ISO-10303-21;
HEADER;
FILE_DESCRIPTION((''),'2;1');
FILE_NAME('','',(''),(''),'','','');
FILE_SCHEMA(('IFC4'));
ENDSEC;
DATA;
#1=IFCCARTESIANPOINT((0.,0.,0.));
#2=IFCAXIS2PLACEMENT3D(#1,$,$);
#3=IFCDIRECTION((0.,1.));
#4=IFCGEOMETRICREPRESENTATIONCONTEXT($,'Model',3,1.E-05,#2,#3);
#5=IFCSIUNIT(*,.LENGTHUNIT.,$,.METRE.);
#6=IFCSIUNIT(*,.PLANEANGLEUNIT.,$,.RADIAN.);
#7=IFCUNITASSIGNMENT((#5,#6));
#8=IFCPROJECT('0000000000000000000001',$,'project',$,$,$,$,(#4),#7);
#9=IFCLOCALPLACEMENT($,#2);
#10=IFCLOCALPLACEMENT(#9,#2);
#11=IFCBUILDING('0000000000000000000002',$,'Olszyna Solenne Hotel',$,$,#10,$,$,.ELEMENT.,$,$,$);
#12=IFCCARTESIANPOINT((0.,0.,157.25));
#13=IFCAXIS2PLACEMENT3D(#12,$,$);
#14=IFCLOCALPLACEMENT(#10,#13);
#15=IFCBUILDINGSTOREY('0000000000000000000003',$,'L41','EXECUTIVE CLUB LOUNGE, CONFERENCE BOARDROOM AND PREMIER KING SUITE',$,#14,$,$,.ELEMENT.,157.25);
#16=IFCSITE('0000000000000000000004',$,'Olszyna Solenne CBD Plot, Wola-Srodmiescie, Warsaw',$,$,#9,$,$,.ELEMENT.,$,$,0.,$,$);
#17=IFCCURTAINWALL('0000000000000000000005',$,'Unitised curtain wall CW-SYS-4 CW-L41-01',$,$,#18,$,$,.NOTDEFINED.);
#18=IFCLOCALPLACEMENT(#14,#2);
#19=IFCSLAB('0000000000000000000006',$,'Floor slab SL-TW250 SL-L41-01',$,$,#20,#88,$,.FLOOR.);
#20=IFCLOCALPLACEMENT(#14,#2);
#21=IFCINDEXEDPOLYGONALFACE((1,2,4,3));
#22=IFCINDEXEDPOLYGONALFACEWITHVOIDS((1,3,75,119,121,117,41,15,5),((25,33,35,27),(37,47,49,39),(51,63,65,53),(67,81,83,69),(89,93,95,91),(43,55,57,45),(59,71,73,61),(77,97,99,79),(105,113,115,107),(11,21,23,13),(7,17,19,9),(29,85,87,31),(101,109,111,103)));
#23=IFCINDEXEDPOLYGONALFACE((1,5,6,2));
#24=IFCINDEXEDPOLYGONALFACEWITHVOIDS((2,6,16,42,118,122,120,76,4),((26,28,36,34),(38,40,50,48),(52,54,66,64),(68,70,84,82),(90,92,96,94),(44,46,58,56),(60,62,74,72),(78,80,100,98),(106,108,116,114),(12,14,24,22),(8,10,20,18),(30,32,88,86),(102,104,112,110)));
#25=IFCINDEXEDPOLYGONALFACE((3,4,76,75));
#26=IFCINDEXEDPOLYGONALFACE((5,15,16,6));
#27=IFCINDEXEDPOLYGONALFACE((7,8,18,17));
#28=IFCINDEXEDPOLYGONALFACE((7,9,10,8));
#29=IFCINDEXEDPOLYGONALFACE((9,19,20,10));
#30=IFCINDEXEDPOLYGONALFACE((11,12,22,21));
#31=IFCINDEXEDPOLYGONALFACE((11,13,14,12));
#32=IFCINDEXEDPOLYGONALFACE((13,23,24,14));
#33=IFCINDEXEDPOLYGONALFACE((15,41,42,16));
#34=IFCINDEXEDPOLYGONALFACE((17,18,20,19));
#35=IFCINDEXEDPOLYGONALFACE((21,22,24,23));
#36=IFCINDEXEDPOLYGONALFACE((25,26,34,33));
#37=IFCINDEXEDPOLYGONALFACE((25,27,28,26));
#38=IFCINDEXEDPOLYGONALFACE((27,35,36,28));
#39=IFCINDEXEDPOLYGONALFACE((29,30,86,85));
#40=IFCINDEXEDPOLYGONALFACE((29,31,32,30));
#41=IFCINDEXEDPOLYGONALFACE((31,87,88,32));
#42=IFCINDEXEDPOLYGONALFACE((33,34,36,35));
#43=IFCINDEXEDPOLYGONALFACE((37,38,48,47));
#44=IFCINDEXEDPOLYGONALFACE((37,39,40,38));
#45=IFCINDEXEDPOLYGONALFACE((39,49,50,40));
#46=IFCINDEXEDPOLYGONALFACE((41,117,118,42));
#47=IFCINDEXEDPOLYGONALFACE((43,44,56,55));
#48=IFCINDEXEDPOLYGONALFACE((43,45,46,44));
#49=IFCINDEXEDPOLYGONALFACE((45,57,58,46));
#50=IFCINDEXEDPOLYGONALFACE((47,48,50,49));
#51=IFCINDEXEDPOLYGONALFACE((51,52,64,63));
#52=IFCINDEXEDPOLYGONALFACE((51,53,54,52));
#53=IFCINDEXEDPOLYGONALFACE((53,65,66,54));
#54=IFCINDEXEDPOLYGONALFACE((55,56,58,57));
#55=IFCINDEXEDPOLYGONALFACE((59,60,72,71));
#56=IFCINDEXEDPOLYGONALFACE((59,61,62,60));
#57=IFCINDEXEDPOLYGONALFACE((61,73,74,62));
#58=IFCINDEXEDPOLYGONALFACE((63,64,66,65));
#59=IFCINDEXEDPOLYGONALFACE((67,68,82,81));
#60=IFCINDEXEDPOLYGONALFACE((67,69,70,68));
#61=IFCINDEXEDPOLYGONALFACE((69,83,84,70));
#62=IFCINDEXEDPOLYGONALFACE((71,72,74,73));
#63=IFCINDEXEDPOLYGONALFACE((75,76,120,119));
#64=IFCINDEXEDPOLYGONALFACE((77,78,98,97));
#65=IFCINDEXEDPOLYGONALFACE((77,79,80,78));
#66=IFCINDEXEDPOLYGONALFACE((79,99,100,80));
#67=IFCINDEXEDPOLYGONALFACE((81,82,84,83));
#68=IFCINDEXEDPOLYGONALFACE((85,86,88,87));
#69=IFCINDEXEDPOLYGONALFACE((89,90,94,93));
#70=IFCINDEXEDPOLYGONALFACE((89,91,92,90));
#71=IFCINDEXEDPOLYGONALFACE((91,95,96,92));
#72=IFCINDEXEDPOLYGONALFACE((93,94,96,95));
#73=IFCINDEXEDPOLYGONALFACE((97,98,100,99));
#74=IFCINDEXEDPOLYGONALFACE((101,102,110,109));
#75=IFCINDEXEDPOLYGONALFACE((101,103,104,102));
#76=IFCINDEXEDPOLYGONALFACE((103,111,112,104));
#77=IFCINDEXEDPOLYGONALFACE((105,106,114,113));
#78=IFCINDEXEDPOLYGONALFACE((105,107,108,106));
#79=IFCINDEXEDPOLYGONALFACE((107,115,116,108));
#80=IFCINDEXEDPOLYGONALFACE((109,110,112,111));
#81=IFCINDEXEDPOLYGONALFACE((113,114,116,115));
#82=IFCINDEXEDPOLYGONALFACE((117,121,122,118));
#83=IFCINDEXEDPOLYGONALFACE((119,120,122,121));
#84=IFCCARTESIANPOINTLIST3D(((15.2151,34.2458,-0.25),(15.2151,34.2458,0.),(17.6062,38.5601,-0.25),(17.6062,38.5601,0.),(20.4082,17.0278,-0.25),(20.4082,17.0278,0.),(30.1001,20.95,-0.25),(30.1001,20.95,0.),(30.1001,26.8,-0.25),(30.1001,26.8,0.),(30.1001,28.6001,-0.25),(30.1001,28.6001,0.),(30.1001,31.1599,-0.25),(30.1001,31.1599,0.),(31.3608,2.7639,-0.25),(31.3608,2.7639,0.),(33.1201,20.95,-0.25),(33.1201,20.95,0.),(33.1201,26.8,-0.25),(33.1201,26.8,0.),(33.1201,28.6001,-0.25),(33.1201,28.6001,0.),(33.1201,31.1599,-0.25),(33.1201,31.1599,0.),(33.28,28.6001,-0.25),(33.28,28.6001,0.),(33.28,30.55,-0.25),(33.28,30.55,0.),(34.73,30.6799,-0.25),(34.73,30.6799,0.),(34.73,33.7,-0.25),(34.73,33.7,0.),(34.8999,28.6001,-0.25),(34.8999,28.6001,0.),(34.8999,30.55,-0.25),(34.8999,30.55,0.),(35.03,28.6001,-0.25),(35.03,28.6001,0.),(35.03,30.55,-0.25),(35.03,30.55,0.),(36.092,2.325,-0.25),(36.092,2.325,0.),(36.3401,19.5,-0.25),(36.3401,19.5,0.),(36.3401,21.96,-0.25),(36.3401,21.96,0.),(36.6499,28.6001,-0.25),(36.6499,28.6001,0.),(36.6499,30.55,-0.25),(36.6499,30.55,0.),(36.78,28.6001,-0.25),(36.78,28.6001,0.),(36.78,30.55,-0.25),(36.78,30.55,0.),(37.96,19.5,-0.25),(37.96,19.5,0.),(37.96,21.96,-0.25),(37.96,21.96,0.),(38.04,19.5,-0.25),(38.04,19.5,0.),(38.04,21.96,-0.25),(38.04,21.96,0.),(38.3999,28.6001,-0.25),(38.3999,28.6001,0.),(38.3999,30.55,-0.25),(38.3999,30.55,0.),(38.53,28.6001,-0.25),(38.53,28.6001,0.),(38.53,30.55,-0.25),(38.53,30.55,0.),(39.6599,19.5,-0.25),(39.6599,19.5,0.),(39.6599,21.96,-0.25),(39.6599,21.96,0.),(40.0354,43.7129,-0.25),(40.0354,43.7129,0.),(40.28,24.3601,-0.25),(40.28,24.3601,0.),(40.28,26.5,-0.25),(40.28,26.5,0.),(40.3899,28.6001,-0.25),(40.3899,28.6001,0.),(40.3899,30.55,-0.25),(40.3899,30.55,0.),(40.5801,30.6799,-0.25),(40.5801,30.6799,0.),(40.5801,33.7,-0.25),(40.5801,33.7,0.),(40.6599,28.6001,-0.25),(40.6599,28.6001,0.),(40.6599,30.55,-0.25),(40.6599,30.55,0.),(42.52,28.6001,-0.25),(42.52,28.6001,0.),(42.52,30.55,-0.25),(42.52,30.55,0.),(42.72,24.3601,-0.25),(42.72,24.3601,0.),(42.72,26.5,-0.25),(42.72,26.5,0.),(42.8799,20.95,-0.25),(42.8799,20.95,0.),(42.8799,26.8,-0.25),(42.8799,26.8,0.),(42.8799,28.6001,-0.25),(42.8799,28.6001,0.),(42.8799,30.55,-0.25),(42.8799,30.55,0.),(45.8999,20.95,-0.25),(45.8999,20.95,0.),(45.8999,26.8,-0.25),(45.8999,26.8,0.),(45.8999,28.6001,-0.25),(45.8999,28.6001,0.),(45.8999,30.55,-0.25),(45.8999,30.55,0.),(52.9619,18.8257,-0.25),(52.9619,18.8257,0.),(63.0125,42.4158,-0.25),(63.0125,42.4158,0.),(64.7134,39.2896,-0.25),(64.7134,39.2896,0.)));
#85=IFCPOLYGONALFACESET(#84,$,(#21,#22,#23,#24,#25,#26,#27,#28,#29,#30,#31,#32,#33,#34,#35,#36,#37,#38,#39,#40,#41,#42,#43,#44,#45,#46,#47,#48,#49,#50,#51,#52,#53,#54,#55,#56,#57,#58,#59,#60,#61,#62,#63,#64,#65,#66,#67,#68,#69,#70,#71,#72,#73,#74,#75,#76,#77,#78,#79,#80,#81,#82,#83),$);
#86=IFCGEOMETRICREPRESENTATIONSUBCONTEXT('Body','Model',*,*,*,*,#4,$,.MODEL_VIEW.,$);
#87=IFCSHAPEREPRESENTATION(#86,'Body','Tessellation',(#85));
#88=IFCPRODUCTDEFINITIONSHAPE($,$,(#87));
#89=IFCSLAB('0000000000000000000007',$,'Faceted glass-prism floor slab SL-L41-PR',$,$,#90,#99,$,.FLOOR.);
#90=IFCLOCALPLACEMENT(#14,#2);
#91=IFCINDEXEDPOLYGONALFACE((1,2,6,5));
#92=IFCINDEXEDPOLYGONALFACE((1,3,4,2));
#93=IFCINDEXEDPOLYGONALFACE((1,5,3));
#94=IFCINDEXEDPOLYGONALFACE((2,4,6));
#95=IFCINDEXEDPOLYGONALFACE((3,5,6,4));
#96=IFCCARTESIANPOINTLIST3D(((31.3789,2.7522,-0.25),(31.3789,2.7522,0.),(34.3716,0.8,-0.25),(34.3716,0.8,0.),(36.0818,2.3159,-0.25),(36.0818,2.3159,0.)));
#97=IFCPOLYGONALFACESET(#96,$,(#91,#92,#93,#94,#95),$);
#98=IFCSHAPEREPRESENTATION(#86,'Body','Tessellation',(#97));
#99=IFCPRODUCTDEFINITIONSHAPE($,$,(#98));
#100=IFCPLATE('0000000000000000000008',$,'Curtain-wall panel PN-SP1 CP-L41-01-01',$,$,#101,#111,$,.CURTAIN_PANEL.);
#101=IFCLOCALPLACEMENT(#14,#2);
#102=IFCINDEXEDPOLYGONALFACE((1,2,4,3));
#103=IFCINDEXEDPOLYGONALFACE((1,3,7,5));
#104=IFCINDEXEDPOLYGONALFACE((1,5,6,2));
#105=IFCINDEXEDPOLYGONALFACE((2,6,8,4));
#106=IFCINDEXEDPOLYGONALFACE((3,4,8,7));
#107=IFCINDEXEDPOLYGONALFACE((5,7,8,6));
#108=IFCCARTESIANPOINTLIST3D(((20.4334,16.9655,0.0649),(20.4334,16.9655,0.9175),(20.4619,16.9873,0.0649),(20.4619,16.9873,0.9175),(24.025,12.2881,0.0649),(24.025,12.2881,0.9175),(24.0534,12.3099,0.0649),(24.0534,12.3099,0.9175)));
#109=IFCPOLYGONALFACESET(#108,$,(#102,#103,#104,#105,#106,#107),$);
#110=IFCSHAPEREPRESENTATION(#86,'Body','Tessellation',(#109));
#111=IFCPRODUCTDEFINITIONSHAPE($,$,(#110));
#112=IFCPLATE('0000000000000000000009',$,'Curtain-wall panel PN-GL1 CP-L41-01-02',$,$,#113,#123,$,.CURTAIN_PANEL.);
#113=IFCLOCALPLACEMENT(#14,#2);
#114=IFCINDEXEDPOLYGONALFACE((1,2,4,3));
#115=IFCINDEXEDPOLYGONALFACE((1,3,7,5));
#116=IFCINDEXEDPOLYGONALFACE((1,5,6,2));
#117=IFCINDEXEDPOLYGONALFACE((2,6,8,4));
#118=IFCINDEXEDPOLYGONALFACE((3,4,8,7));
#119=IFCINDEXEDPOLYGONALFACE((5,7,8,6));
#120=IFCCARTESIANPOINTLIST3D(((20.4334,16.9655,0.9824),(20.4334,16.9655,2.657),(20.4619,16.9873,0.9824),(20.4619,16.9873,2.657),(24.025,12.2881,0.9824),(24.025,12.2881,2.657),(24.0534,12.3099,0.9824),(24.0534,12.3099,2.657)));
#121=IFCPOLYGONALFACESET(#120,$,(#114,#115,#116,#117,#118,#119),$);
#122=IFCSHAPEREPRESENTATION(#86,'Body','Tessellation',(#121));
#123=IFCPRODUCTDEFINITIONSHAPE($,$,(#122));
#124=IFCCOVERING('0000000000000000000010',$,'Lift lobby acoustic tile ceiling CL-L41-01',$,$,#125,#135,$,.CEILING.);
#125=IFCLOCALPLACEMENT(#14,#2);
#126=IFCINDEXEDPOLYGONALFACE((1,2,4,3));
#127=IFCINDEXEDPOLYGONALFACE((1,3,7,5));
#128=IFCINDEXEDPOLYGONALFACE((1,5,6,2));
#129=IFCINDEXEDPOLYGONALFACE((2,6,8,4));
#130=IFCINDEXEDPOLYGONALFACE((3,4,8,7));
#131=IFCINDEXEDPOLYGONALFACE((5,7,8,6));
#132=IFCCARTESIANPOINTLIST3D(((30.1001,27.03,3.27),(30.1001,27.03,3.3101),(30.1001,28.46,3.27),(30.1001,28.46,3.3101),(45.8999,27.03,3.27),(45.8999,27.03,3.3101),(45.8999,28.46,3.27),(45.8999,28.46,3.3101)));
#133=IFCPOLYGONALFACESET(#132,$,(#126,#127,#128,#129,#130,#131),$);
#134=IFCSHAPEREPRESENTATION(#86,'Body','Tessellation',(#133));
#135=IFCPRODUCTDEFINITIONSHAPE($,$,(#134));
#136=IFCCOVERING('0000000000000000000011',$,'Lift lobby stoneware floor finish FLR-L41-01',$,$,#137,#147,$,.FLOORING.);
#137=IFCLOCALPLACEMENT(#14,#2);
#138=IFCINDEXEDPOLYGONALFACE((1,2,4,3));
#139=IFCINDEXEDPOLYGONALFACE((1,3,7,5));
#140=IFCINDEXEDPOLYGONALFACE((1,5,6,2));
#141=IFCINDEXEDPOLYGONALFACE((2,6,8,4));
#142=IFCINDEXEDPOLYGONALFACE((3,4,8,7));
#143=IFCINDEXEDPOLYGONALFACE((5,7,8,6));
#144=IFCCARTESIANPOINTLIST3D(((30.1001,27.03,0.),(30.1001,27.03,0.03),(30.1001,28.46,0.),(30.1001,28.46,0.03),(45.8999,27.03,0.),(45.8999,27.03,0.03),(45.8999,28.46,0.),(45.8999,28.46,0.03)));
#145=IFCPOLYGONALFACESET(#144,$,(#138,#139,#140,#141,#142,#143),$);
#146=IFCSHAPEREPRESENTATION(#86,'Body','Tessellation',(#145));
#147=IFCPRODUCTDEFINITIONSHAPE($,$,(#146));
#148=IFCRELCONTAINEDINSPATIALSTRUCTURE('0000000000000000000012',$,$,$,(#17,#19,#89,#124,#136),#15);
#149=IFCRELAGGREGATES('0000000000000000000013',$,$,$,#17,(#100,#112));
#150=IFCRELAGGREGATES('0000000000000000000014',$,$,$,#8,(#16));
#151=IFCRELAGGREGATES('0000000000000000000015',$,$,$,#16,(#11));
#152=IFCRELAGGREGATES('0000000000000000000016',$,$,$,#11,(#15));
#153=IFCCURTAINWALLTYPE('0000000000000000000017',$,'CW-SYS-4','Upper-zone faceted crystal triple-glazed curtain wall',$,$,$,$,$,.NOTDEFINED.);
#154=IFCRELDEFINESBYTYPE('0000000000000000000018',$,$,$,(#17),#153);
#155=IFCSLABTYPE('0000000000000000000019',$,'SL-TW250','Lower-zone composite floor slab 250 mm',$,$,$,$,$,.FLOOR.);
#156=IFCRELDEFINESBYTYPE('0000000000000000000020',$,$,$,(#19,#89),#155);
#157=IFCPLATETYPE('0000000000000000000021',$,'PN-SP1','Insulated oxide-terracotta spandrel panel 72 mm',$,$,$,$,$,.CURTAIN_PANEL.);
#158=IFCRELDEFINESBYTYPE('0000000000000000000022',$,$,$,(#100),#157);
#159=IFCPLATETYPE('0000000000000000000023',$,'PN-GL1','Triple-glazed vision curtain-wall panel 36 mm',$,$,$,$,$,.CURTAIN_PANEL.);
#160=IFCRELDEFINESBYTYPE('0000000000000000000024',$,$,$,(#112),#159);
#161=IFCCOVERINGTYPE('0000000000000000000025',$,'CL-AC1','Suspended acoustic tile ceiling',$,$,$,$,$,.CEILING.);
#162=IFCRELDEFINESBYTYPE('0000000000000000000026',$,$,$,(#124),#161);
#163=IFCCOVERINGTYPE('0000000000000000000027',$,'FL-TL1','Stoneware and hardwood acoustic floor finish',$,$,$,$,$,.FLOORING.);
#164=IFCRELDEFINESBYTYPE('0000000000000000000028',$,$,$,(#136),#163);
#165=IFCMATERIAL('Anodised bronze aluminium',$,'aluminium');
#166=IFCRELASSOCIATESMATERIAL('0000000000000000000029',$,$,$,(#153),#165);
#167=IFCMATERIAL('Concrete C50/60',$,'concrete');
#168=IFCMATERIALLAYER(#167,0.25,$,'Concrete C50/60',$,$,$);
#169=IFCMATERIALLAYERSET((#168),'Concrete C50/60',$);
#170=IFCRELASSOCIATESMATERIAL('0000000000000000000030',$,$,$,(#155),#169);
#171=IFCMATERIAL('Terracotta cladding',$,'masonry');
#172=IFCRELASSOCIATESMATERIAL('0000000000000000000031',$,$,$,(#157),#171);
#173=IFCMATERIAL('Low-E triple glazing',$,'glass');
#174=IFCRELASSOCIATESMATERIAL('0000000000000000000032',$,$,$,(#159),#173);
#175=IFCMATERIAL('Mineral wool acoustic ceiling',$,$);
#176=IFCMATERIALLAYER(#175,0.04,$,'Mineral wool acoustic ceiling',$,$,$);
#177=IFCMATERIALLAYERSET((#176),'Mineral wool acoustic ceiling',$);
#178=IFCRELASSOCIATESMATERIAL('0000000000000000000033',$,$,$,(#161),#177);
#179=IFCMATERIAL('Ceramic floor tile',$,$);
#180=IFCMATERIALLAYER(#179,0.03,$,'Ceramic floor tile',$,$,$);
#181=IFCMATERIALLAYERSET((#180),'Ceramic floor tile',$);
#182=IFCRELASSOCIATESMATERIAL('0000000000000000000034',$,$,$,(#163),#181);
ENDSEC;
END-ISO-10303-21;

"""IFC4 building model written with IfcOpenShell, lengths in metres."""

from ifc_helpers import new_model, si_unit, direction, frame, origin, origin_2d, place, context, subcontext, project, spatial, polyline, rectangle, outline, extrude, source, transform, mapped, material, layer, layer_set, type_object, element, aggregate, save


model = new_model("IFC4")

# Units and contexts
model_context = context("Model", 3, precision=1e-05, world=origin(), true_north=direction((0.0, 1.0)))
body_context = subcontext(model_context, "Body", "Model", "MODEL_VIEW")
ifc_project = project(units=[si_unit("LENGTHUNIT", "METRE"), si_unit("PLANEANGLEUNIT", "RADIAN")], contexts=[model_context])

# Site, building, storey
site_placement = place(None, origin())
site = spatial("IfcSite", under=ifc_project, at=site_placement, Name="Olszyna Solenne CBD Plot, Wola-Srodmiescie, Warsaw", CompositionType="ELEMENT", RefElevation=0.0)
building_placement = place(site_placement, origin())
building = spatial("IfcBuilding", under=site, at=building_placement, Name="Olszyna Solenne Hotel", CompositionType="ELEMENT")
storey_placement = place(building_placement, frame((0.0, 0.0, 157.25)))
storey = spatial("IfcBuildingStorey", under=building, at=storey_placement, Name="L41", Description="EXECUTIVE CLUB LOUNGE, CONFERENCE BOARDROOM AND PREMIER KING SUITE", CompositionType="ELEMENT", Elevation=157.25)

# Curtain wall
ifc_material_1 = material(Name="Anodised bronze aluminium", Category="aluminium")
curtain_wall_type = type_object("IfcCurtainWallType", Name="CW-SYS-4", Description="Upper-zone faceted crystal triple-glazed curtain wall", PredefinedType="NOTDEFINED", material=ifc_material_1)
curtain_wall_placement = place(storey_placement, origin())
curtain_wall = element("IfcCurtainWall", 1, at=curtain_wall_placement, inside=storey, type_object=curtain_wall_type, Name="Unitised curtain wall CW-SYS-4 CW-L41-01", PredefinedType="NOTDEFINED")

# Slabs
ifc_material_2 = material(Name="Concrete C50/60", Category="concrete")
ifc_layer_1 = layer(ifc_material_2, 0.25, Name="Concrete C50/60")
ifc_layer_set_1 = layer_set([ifc_layer_1], Name="Concrete C50/60")
slab_type_1 = type_object("IfcSlabType", Name="SL-TW250", Description="Lower-zone composite floor slab 250 mm", PredefinedType="FLOOR", material=ifc_layer_set_1)
slab_1_placement = place(storey_placement, frame((0.0, 0.0, -0.25)))
element("IfcSlab", 2, at=slab_1_placement, inside=storey, type_object=slab_type_1, Name="Floor slab SL-TW250 SL-L41-01", PredefinedType="FLOOR", context=body_context, shape_type="SweptSolid", body=[
    extrude(outline(polyline([(64.7134, 39.2896), (63.0125, 42.4158), (40.0354, 43.7129), (17.6062, 38.5601), (15.2151, 34.2458), (20.4082, 17.0278), (31.3608, 2.7639), (36.092, 2.325), (52.9619, 18.8257), (64.7134, 39.2896)]), holes=[polyline([(30.1001, 20.95), (33.1201, 20.95), (33.1201, 26.8), (30.1001, 26.8), (30.1001, 20.95)]), polyline([(42.8799, 20.95), (45.8999, 20.95), (45.8999, 26.8), (42.8799, 26.8), (42.8799, 20.95)]), polyline([(34.73, 30.6799), (40.5801, 30.6799), (40.5801, 33.7), (34.73, 33.7), (34.73, 30.6799)]), polyline([(36.3401, 19.5), (37.96, 19.5), (37.96, 21.96), (36.3401, 21.96), (36.3401, 19.5)]), polyline([(38.04, 19.5), (39.6599, 19.5), (39.6599, 21.96), (38.04, 21.96), (38.04, 19.5)]), polyline([(30.1001, 28.6001), (33.1201, 28.6001), (33.1201, 31.1599), (30.1001, 31.1599), (30.1001, 28.6001)]), polyline([(40.28, 24.3601), (42.72, 24.3601), (42.72, 26.5), (40.28, 26.5), (40.28, 24.3601)]), polyline([(33.28, 28.6001), (34.8999, 28.6001), (34.8999, 30.55), (33.28, 30.55), (33.28, 28.6001)]), polyline([(35.03, 28.6001), (36.6499, 28.6001), (36.6499, 30.55), (35.03, 30.55), (35.03, 28.6001)]), polyline([(36.78, 28.6001), (38.3999, 28.6001), (38.3999, 30.55), (36.78, 30.55), (36.78, 28.6001)]), polyline([(38.53, 28.6001), (40.3899, 28.6001), (40.3899, 30.55), (38.53, 30.55), (38.53, 28.6001)]), polyline([(40.6599, 28.6001), (42.52, 28.6001), (42.52, 30.55), (40.6599, 30.55), (40.6599, 28.6001)]), polyline([(42.8799, 28.6001), (45.8999, 28.6001), (45.8999, 30.55), (42.8799, 30.55), (42.8799, 28.6001)])]), origin(), (0.0, 0.0, 1.0), 0.25),
])
slab_2_placement = place(storey_placement, frame((0.0, 0.0, -0.25)))
element("IfcSlab", 3, at=slab_2_placement, inside=storey, type_object=slab_type_1, Name="Faceted glass-prism floor slab SL-L41-PR", PredefinedType="FLOOR", context=body_context, shape_type="SweptSolid", body=[
    extrude(outline(polyline([(36.0818, 2.3159), (31.3789, 2.7522), (34.3716, 0.8), (36.0818, 2.3159)])), origin(), (0.0, 0.0, 1.0), 0.25),
])

# Plates
ifc_material_3 = material(Name="Terracotta cladding", Category="masonry")
plate_type_1 = type_object("IfcPlateType", Name="PN-SP1", Description="Insulated oxide-terracotta spandrel panel 72 mm", PredefinedType="CURTAIN_PANEL", material=ifc_material_3)
shared_shape_1 = source(origin(), body_context, "Body", "SweptSolid", [
    extrude(rectangle(XDim=5.8972, YDim=0.0359, at=origin_2d()), origin(), (0.0, 0.0, 1.0), 0.8525),
])
plate_1_placement = place(storey_placement, frame((22.2434, 14.6377, 0.0649), z_axis=(0.0, 0.0, 1.0), x_axis=(0.609026, -0.79315, 0.0)))
plate_1 = element("IfcPlate", 4, at=plate_1_placement, type_object=plate_type_1, Name="Curtain-wall panel PN-SP1 CP-L41-01-01", PredefinedType="CURTAIN_PANEL", context=body_context, shape_type="MappedRepresentation", body=[
    mapped(shared_shape_1, transform((0.0, 0.0, 0.0), x_axis=(1.0, 0.0, 0.0), y_axis=(0.0, 1.0, 0.0), z_axis=(0.0, 0.0, 1.0), scale=1.0)),
])
ifc_material_4 = material(Name="Low-E triple glazing", Category="glass")
plate_type_2 = type_object("IfcPlateType", Name="PN-GL1", Description="Triple-glazed vision curtain-wall panel 36 mm", PredefinedType="CURTAIN_PANEL", material=ifc_material_4)
shared_shape_2 = source(origin(), body_context, "Body", "SweptSolid", [
    extrude(rectangle(XDim=5.8972, YDim=0.0359, at=origin_2d()), origin(), (0.0, 0.0, 1.0), 1.6746),
])
plate_2_placement = place(storey_placement, frame((22.2434, 14.6377, 0.9824), z_axis=(0.0, 0.0, 1.0), x_axis=(0.609026, -0.79315, 0.0)))
plate_2 = element("IfcPlate", 5, at=plate_2_placement, type_object=plate_type_2, Name="Curtain-wall panel PN-GL1 CP-L41-01-02", PredefinedType="CURTAIN_PANEL", context=body_context, shape_type="MappedRepresentation", body=[
    mapped(shared_shape_2, transform((0.0, 0.0, 0.0), x_axis=(1.0, 0.0, 0.0), y_axis=(0.0, 1.0, 0.0), z_axis=(0.0, 0.0, 1.0), scale=1.0)),
])
aggregate(curtain_wall, [plate_1, plate_2])

# Coverings
ifc_material_5 = material(Name="Mineral wool acoustic ceiling")
ifc_layer_2 = layer(ifc_material_5, 0.04, Name="Mineral wool acoustic ceiling")
ifc_layer_set_2 = layer_set([ifc_layer_2], Name="Mineral wool acoustic ceiling")
covering_type_1 = type_object("IfcCoveringType", Name="CL-AC1", Description="Suspended acoustic tile ceiling", PredefinedType="CEILING", material=ifc_layer_set_2)
covering_1_placement = place(storey_placement, frame((0.0, 0.0, 3.27)))
element("IfcCovering", 6, at=covering_1_placement, inside=storey, type_object=covering_type_1, Name="Lift lobby acoustic tile ceiling CL-L41-01", PredefinedType="CEILING", context=body_context, shape_type="SweptSolid", body=[
    extrude(outline(polyline([(30.1001, 27.03), (45.8999, 27.03), (45.8999, 28.46), (30.1001, 28.46), (30.1001, 27.03)])), origin(), (0.0, 0.0, 1.0), 0.04),
])
ifc_material_6 = material(Name="Ceramic floor tile")
ifc_layer_3 = layer(ifc_material_6, 0.03, Name="Ceramic floor tile")
ifc_layer_set_3 = layer_set([ifc_layer_3], Name="Ceramic floor tile")
covering_type_2 = type_object("IfcCoveringType", Name="FL-TL1", Description="Stoneware and hardwood acoustic floor finish", PredefinedType="FLOORING", material=ifc_layer_set_3)
covering_2_placement = place(storey_placement, origin())
element("IfcCovering", 7, at=covering_2_placement, inside=storey, type_object=covering_type_2, Name="Lift lobby stoneware floor finish FLR-L41-01", PredefinedType="FLOORING", context=body_context, shape_type="SweptSolid", body=[
    extrude(outline(polyline([(30.1001, 27.03), (45.8999, 27.03), (45.8999, 28.46), (30.1001, 28.46), (30.1001, 27.03)])), origin(), (0.0, 0.0, 1.0), 0.03),
])

save(model, "model.ifc")
